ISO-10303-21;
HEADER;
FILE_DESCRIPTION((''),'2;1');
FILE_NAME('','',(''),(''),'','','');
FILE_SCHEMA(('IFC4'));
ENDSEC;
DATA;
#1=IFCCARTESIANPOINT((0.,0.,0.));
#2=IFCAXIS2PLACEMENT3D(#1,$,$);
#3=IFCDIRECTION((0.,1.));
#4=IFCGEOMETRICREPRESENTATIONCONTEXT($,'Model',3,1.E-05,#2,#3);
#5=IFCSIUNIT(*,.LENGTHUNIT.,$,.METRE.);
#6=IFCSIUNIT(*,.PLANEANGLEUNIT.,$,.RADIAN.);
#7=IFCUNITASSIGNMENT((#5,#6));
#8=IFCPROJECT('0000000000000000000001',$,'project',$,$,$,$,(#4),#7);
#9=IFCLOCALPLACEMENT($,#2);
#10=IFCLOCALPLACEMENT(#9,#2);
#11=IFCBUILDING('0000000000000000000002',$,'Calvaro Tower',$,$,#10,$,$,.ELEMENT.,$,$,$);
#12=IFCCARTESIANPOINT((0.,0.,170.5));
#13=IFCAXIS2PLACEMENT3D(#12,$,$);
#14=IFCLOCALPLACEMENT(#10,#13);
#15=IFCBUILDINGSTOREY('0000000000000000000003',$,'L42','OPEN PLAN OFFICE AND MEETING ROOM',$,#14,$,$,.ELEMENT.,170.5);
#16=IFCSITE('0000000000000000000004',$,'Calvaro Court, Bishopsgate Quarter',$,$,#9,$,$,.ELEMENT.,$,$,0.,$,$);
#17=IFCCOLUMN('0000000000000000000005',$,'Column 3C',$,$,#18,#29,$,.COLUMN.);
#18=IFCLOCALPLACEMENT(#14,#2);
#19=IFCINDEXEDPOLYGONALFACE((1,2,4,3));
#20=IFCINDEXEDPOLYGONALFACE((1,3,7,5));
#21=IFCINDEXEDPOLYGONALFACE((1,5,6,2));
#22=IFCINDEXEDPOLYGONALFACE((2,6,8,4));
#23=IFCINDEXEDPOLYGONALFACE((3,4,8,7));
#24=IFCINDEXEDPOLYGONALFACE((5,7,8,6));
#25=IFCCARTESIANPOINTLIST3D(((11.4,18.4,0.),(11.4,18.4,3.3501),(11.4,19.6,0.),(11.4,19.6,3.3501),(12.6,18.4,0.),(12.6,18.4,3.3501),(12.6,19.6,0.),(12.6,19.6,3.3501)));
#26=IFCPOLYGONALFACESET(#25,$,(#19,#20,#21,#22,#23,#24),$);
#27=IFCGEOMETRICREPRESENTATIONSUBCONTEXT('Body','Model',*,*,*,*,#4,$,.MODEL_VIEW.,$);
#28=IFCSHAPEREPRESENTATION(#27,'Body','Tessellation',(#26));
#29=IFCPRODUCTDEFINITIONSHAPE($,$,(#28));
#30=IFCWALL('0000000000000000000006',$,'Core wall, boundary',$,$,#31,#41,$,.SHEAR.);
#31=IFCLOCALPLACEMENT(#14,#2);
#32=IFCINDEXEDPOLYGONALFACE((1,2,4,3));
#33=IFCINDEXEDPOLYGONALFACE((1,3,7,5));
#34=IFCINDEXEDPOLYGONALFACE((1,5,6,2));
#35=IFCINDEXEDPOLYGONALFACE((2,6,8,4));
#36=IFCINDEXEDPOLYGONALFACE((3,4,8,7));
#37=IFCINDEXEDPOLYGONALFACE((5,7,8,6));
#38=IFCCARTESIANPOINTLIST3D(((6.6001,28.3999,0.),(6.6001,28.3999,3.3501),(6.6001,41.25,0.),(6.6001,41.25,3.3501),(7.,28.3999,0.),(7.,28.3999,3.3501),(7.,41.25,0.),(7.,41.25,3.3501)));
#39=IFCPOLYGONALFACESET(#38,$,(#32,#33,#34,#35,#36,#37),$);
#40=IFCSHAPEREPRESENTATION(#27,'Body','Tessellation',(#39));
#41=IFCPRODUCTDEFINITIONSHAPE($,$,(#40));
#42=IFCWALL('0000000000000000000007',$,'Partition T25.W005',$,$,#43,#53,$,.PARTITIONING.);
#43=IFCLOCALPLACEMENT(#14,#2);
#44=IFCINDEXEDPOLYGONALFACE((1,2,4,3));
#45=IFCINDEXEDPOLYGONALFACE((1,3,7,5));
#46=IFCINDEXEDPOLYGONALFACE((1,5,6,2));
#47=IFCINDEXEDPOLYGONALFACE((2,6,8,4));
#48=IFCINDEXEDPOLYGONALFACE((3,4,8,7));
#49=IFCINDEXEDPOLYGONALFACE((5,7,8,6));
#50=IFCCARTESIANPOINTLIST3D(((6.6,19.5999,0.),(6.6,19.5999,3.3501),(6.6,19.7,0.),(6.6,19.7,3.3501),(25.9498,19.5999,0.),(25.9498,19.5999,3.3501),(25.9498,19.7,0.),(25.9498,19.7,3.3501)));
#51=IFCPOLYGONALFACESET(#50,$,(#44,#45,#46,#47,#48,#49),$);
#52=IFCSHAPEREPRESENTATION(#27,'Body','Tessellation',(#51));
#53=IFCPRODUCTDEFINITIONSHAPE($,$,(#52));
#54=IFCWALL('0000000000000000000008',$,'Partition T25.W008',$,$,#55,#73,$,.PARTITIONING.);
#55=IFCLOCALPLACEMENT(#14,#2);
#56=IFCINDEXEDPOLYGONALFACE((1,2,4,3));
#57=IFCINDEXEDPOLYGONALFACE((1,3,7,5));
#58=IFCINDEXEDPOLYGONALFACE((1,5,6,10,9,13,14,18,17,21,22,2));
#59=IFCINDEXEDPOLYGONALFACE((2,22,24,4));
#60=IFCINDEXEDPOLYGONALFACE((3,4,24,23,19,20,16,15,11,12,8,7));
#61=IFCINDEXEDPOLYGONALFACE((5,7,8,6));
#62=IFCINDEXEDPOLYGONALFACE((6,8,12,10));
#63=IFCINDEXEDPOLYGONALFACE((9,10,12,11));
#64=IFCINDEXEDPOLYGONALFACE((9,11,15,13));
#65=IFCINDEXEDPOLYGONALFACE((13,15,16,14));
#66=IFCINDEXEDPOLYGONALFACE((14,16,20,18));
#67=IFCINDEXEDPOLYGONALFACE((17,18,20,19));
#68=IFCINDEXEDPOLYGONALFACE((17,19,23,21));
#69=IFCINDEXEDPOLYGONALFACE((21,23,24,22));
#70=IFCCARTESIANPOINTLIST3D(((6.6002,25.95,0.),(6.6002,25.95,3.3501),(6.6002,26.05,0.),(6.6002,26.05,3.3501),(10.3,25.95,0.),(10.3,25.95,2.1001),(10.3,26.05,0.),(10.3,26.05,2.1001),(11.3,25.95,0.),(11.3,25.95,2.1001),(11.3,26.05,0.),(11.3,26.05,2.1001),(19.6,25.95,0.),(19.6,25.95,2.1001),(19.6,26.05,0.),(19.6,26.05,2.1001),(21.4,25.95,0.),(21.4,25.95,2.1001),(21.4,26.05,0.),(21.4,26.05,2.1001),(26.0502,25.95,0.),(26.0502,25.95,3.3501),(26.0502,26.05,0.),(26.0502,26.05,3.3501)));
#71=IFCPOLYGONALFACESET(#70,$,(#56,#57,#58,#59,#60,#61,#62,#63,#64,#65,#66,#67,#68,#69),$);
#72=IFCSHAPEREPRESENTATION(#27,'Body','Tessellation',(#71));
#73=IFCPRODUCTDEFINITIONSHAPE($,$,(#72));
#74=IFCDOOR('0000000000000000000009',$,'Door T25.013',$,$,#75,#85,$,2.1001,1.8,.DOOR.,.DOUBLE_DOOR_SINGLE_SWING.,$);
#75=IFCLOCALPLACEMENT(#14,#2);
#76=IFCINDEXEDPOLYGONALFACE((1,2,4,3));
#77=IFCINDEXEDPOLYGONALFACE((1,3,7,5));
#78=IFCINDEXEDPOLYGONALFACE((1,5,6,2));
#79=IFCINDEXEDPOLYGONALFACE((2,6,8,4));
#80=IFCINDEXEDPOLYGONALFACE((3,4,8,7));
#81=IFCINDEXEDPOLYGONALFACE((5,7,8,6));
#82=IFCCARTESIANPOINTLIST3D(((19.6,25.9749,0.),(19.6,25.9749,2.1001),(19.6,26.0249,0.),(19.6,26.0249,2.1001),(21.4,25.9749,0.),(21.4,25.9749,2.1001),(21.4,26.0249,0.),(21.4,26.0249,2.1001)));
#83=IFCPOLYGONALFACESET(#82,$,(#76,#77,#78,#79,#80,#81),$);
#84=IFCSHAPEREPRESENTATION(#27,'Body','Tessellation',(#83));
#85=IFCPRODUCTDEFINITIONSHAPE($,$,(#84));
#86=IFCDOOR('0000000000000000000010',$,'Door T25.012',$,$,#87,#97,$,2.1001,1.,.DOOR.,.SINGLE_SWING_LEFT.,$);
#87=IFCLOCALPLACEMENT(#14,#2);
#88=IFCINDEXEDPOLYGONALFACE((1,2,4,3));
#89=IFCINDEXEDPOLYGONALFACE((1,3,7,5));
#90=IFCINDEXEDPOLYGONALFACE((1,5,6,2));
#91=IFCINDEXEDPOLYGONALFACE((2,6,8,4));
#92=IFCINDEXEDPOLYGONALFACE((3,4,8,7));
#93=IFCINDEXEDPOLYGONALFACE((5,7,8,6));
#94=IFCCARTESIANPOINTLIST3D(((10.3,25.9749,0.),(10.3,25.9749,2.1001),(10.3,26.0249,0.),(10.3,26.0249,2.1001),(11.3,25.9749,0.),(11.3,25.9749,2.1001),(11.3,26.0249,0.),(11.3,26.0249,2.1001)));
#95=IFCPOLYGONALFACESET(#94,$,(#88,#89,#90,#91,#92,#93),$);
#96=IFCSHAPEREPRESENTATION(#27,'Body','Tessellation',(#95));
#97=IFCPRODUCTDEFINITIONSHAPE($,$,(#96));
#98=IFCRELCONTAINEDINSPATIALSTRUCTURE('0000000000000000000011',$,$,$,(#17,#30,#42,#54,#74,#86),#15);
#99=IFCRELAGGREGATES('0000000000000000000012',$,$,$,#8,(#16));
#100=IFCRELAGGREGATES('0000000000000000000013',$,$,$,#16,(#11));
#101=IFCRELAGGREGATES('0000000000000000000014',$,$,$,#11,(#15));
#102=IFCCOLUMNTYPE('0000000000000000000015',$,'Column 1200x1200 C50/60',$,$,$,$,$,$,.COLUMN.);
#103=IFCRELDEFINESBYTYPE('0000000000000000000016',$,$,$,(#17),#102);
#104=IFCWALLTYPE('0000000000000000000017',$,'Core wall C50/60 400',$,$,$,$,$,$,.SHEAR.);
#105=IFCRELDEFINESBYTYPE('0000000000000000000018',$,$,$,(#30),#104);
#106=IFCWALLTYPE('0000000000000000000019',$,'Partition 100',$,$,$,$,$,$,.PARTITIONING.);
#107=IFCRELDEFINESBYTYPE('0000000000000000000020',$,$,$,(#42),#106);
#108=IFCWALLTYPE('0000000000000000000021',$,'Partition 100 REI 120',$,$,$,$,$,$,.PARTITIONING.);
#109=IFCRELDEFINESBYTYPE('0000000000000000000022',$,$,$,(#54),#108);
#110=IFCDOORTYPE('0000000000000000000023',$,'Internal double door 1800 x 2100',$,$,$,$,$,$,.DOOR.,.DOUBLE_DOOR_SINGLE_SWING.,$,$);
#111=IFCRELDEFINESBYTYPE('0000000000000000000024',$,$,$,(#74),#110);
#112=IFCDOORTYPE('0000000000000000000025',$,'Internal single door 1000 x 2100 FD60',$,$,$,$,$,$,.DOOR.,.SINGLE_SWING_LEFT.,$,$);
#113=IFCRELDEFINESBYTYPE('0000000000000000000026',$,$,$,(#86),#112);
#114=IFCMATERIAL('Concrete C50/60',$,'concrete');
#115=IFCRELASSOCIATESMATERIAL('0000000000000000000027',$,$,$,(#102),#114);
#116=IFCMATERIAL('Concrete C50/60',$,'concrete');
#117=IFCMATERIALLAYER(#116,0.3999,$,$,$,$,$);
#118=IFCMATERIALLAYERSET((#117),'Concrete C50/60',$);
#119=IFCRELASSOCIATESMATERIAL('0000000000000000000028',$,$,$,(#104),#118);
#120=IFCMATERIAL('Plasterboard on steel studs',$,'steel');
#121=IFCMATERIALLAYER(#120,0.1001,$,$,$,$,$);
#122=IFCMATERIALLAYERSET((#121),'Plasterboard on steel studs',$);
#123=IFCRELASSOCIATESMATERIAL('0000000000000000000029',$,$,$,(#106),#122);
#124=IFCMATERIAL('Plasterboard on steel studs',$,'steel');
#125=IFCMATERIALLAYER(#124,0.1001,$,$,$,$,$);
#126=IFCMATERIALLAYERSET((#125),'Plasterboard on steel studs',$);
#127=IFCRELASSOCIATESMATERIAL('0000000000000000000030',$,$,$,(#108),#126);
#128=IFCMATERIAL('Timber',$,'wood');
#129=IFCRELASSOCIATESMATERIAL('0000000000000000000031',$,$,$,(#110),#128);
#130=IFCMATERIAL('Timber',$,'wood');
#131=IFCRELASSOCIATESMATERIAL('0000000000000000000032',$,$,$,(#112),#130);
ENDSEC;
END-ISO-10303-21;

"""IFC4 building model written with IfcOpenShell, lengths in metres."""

from ifc_helpers import new_model, si_unit, direction, frame, frame_2d, origin, origin_2d, place, context, subcontext, project, spatial, rectangle, extrude, material, layer, layer_set, material_profile, profile_set, type_object, element, fill, save


model = new_model("IFC4")

# Units and contexts
model_context = context("Model", 3, precision=1e-05, world=origin(), true_north=direction((0.0, 1.0)))
body_context = subcontext(model_context, "Body", "Model", "MODEL_VIEW")
ifc_project = project(units=[si_unit("LENGTHUNIT", "METRE"), si_unit("PLANEANGLEUNIT", "RADIAN")], contexts=[model_context])

# Site, building, storey
site_placement = place(None, origin())
site = spatial("IfcSite", under=ifc_project, at=site_placement, Name="Calvaro Court, Bishopsgate Quarter", CompositionType="ELEMENT", RefElevation=0.0)
building_placement = place(site_placement, origin())
building = spatial("IfcBuilding", under=site, at=building_placement, Name="Calvaro Tower", CompositionType="ELEMENT")
storey_placement = place(building_placement, frame((0.0, 0.0, 170.5)))
storey = spatial("IfcBuildingStorey", under=building, at=storey_placement, Name="L42", Description="OPEN PLAN OFFICE AND MEETING ROOM", CompositionType="ELEMENT", Elevation=170.5)

# Column
ifc_material_1 = material(Name="Concrete C50/60", Category="concrete")
ifc_material_profile = material_profile(ifc_material_1, rectangle(XDim=1.2, YDim=1.2, at=origin_2d()), Name="RC 1200x1200")
ifc_profile_set = profile_set([ifc_material_profile], Name="Concrete C50/60")
column_type = type_object("IfcColumnType", Name="Column 1200x1200 C50/60", PredefinedType="COLUMN", material=ifc_profile_set)
column_placement = place(storey_placement, frame((12.0, 19.0, 0.0), z_axis=(0.0, 0.0, 1.0), x_axis=(1.0, 0.0, 0.0)))
element("IfcColumn", 1, at=column_placement, inside=storey, type_object=column_type, Name="Column 3C", PredefinedType="COLUMN", context=body_context, shape_type="SweptSolid", body=[
    extrude(rectangle(XDim=1.2, YDim=1.2, at=origin_2d()), origin(), (0.0, 0.0, 1.0), 3.3501),
])

# Shared definitions
ifc_material_2 = material(Name="Concrete C50/60", Category="concrete")
ifc_layer_1 = layer(ifc_material_2, 0.3999)
ifc_layer_set_1 = layer_set([ifc_layer_1], Name="Concrete C50/60")
wall_type_1 = type_object("IfcWallType", Name="Core wall C50/60 400", PredefinedType="SHEAR", material=ifc_layer_set_1)

# Walls
wall_1_placement = place(storey_placement, frame((6.8, 28.3999, 0.0), z_axis=(0.0, 0.0, 1.0), x_axis=(0.0, 1.0, 0.0)))
element("IfcWall", 2, at=wall_1_placement, inside=storey, type_object=wall_type_1, Name="Core wall, boundary", PredefinedType="SHEAR", context=body_context, shape_type="SweptSolid", body=[
    extrude(rectangle(XDim=12.8501, YDim=0.3999, at=frame_2d((6.425, 0.0))), origin(), (0.0, 0.0, 1.0), 3.3501),
])
ifc_material_3 = material(Name="Plasterboard on steel studs", Category="steel")
ifc_layer_2 = layer(ifc_material_3, 0.1001)
ifc_layer_set_2 = layer_set([ifc_layer_2], Name="Plasterboard on steel studs")
wall_type_2 = type_object("IfcWallType", Name="Partition 100", PredefinedType="PARTITIONING", material=ifc_layer_set_2)
wall_2_placement = place(storey_placement, frame((6.6001, 19.6499, 0.0), z_axis=(0.0, 0.0, 1.0), x_axis=(1.0, 0.0, 0.0)))
element("IfcWall", 3, at=wall_2_placement, inside=storey, type_object=wall_type_2, Name="Partition T25.W005", PredefinedType="PARTITIONING", context=body_context, shape_type="SweptSolid", body=[
    extrude(rectangle(XDim=19.3499, YDim=0.1001, at=frame_2d((9.6748, 0.0))), origin(), (0.0, 0.0, 1.0), 3.3501),
])

# Wall, openings, doors
ifc_material_4 = material(Name="Plasterboard on steel studs", Category="steel")
ifc_layer_3 = layer(ifc_material_4, 0.1001)
ifc_layer_set_3 = layer_set([ifc_layer_3], Name="Plasterboard on steel studs")
wall_type_3 = type_object("IfcWallType", Name="Partition 100 REI 120", PredefinedType="PARTITIONING", material=ifc_layer_set_3)
wall_3_placement = place(storey_placement, frame((6.6001, 26.0, 0.0), z_axis=(0.0, 0.0, 1.0), x_axis=(1.0, 0.0, 0.0)))
wall_3 = element("IfcWall", 4, at=wall_3_placement, inside=storey, type_object=wall_type_3, Name="Partition T25.W008", PredefinedType="PARTITIONING", context=body_context, shape_type="SweptSolid", body=[
    extrude(rectangle(XDim=19.45, YDim=0.1001, at=frame_2d((9.7251, 0.0))), origin(), (0.0, 0.0, 1.0), 3.3501),
])
opening_1_placement = place(wall_3_placement, frame((3.7, 0.0, 0.0)))
opening_1 = element("IfcOpeningElement", 5, at=opening_1_placement, cuts=wall_3, PredefinedType="OPENING", context=body_context, shape_type="SweptSolid", body=[
    extrude(rectangle(XDim=1.0, YDim=2.1001, at=frame_2d((0.5, 1.05))), frame((0.0, 0.0601, 0.0), z_axis=(0.0, -1.0, 0.0), x_axis=(1.0, 0.0, 0.0)), (0.0, 0.0, 1.0), 0.1201),
])
opening_2_placement = place(wall_3_placement, frame((13.0, 0.0, 0.0)))
opening_2 = element("IfcOpeningElement", 6, at=opening_2_placement, cuts=wall_3, PredefinedType="OPENING", context=body_context, shape_type="SweptSolid", body=[
    extrude(rectangle(XDim=1.8, YDim=2.1001, at=frame_2d((0.8999, 1.05))), frame((0.0, 0.0601, 0.0), z_axis=(0.0, -1.0, 0.0), x_axis=(1.0, 0.0, 0.0)), (0.0, 0.0, 1.0), 0.1201),
])
ifc_material_5 = material(Name="Timber", Category="wood")
door_type_1 = type_object("IfcDoorType", Name="Internal double door 1800 x 2100", OperationType="DOUBLE_DOOR_SINGLE_SWING", PredefinedType="DOOR", material=ifc_material_5)
door_1_placement = place(opening_2_placement, origin())
door_1 = element("IfcDoor", 7, at=door_1_placement, inside=storey, type_object=door_type_1, Name="Door T25.013", OperationType="DOUBLE_DOOR_SINGLE_SWING", OverallHeight=2.1001, OverallWidth=1.8, PredefinedType="DOOR", context=body_context, shape_type="SweptSolid", body=[
    extrude(rectangle(XDim=1.8, YDim=2.1001, at=frame_2d((0.8999, 1.05))), frame((0.0, 0.0249, 0.0), z_axis=(0.0, -1.0, 0.0), x_axis=(1.0, 0.0, 0.0)), (0.0, 0.0, 1.0), 0.05),
])
fill(opening_2, door_1)
ifc_material_6 = material(Name="Timber", Category="wood")
door_type_2 = type_object("IfcDoorType", Name="Internal single door 1000 x 2100 FD60", OperationType="SINGLE_SWING_LEFT", PredefinedType="DOOR", material=ifc_material_6)
door_2_placement = place(opening_1_placement, origin())
door_2 = element("IfcDoor", 8, at=door_2_placement, inside=storey, type_object=door_type_2, Name="Door T25.012", OperationType="SINGLE_SWING_LEFT", OverallHeight=2.1001, OverallWidth=1.0, PredefinedType="DOOR", context=body_context, shape_type="SweptSolid", body=[
    extrude(rectangle(XDim=1.0, YDim=2.1001, at=frame_2d((0.5, 1.05))), frame((0.0, 0.0249, 0.0), z_axis=(0.0, -1.0, 0.0), x_axis=(1.0, 0.0, 0.0)), (0.0, 0.0, 1.0), 0.05),
])
fill(opening_1, door_2)

save(model, "model.ifc")
